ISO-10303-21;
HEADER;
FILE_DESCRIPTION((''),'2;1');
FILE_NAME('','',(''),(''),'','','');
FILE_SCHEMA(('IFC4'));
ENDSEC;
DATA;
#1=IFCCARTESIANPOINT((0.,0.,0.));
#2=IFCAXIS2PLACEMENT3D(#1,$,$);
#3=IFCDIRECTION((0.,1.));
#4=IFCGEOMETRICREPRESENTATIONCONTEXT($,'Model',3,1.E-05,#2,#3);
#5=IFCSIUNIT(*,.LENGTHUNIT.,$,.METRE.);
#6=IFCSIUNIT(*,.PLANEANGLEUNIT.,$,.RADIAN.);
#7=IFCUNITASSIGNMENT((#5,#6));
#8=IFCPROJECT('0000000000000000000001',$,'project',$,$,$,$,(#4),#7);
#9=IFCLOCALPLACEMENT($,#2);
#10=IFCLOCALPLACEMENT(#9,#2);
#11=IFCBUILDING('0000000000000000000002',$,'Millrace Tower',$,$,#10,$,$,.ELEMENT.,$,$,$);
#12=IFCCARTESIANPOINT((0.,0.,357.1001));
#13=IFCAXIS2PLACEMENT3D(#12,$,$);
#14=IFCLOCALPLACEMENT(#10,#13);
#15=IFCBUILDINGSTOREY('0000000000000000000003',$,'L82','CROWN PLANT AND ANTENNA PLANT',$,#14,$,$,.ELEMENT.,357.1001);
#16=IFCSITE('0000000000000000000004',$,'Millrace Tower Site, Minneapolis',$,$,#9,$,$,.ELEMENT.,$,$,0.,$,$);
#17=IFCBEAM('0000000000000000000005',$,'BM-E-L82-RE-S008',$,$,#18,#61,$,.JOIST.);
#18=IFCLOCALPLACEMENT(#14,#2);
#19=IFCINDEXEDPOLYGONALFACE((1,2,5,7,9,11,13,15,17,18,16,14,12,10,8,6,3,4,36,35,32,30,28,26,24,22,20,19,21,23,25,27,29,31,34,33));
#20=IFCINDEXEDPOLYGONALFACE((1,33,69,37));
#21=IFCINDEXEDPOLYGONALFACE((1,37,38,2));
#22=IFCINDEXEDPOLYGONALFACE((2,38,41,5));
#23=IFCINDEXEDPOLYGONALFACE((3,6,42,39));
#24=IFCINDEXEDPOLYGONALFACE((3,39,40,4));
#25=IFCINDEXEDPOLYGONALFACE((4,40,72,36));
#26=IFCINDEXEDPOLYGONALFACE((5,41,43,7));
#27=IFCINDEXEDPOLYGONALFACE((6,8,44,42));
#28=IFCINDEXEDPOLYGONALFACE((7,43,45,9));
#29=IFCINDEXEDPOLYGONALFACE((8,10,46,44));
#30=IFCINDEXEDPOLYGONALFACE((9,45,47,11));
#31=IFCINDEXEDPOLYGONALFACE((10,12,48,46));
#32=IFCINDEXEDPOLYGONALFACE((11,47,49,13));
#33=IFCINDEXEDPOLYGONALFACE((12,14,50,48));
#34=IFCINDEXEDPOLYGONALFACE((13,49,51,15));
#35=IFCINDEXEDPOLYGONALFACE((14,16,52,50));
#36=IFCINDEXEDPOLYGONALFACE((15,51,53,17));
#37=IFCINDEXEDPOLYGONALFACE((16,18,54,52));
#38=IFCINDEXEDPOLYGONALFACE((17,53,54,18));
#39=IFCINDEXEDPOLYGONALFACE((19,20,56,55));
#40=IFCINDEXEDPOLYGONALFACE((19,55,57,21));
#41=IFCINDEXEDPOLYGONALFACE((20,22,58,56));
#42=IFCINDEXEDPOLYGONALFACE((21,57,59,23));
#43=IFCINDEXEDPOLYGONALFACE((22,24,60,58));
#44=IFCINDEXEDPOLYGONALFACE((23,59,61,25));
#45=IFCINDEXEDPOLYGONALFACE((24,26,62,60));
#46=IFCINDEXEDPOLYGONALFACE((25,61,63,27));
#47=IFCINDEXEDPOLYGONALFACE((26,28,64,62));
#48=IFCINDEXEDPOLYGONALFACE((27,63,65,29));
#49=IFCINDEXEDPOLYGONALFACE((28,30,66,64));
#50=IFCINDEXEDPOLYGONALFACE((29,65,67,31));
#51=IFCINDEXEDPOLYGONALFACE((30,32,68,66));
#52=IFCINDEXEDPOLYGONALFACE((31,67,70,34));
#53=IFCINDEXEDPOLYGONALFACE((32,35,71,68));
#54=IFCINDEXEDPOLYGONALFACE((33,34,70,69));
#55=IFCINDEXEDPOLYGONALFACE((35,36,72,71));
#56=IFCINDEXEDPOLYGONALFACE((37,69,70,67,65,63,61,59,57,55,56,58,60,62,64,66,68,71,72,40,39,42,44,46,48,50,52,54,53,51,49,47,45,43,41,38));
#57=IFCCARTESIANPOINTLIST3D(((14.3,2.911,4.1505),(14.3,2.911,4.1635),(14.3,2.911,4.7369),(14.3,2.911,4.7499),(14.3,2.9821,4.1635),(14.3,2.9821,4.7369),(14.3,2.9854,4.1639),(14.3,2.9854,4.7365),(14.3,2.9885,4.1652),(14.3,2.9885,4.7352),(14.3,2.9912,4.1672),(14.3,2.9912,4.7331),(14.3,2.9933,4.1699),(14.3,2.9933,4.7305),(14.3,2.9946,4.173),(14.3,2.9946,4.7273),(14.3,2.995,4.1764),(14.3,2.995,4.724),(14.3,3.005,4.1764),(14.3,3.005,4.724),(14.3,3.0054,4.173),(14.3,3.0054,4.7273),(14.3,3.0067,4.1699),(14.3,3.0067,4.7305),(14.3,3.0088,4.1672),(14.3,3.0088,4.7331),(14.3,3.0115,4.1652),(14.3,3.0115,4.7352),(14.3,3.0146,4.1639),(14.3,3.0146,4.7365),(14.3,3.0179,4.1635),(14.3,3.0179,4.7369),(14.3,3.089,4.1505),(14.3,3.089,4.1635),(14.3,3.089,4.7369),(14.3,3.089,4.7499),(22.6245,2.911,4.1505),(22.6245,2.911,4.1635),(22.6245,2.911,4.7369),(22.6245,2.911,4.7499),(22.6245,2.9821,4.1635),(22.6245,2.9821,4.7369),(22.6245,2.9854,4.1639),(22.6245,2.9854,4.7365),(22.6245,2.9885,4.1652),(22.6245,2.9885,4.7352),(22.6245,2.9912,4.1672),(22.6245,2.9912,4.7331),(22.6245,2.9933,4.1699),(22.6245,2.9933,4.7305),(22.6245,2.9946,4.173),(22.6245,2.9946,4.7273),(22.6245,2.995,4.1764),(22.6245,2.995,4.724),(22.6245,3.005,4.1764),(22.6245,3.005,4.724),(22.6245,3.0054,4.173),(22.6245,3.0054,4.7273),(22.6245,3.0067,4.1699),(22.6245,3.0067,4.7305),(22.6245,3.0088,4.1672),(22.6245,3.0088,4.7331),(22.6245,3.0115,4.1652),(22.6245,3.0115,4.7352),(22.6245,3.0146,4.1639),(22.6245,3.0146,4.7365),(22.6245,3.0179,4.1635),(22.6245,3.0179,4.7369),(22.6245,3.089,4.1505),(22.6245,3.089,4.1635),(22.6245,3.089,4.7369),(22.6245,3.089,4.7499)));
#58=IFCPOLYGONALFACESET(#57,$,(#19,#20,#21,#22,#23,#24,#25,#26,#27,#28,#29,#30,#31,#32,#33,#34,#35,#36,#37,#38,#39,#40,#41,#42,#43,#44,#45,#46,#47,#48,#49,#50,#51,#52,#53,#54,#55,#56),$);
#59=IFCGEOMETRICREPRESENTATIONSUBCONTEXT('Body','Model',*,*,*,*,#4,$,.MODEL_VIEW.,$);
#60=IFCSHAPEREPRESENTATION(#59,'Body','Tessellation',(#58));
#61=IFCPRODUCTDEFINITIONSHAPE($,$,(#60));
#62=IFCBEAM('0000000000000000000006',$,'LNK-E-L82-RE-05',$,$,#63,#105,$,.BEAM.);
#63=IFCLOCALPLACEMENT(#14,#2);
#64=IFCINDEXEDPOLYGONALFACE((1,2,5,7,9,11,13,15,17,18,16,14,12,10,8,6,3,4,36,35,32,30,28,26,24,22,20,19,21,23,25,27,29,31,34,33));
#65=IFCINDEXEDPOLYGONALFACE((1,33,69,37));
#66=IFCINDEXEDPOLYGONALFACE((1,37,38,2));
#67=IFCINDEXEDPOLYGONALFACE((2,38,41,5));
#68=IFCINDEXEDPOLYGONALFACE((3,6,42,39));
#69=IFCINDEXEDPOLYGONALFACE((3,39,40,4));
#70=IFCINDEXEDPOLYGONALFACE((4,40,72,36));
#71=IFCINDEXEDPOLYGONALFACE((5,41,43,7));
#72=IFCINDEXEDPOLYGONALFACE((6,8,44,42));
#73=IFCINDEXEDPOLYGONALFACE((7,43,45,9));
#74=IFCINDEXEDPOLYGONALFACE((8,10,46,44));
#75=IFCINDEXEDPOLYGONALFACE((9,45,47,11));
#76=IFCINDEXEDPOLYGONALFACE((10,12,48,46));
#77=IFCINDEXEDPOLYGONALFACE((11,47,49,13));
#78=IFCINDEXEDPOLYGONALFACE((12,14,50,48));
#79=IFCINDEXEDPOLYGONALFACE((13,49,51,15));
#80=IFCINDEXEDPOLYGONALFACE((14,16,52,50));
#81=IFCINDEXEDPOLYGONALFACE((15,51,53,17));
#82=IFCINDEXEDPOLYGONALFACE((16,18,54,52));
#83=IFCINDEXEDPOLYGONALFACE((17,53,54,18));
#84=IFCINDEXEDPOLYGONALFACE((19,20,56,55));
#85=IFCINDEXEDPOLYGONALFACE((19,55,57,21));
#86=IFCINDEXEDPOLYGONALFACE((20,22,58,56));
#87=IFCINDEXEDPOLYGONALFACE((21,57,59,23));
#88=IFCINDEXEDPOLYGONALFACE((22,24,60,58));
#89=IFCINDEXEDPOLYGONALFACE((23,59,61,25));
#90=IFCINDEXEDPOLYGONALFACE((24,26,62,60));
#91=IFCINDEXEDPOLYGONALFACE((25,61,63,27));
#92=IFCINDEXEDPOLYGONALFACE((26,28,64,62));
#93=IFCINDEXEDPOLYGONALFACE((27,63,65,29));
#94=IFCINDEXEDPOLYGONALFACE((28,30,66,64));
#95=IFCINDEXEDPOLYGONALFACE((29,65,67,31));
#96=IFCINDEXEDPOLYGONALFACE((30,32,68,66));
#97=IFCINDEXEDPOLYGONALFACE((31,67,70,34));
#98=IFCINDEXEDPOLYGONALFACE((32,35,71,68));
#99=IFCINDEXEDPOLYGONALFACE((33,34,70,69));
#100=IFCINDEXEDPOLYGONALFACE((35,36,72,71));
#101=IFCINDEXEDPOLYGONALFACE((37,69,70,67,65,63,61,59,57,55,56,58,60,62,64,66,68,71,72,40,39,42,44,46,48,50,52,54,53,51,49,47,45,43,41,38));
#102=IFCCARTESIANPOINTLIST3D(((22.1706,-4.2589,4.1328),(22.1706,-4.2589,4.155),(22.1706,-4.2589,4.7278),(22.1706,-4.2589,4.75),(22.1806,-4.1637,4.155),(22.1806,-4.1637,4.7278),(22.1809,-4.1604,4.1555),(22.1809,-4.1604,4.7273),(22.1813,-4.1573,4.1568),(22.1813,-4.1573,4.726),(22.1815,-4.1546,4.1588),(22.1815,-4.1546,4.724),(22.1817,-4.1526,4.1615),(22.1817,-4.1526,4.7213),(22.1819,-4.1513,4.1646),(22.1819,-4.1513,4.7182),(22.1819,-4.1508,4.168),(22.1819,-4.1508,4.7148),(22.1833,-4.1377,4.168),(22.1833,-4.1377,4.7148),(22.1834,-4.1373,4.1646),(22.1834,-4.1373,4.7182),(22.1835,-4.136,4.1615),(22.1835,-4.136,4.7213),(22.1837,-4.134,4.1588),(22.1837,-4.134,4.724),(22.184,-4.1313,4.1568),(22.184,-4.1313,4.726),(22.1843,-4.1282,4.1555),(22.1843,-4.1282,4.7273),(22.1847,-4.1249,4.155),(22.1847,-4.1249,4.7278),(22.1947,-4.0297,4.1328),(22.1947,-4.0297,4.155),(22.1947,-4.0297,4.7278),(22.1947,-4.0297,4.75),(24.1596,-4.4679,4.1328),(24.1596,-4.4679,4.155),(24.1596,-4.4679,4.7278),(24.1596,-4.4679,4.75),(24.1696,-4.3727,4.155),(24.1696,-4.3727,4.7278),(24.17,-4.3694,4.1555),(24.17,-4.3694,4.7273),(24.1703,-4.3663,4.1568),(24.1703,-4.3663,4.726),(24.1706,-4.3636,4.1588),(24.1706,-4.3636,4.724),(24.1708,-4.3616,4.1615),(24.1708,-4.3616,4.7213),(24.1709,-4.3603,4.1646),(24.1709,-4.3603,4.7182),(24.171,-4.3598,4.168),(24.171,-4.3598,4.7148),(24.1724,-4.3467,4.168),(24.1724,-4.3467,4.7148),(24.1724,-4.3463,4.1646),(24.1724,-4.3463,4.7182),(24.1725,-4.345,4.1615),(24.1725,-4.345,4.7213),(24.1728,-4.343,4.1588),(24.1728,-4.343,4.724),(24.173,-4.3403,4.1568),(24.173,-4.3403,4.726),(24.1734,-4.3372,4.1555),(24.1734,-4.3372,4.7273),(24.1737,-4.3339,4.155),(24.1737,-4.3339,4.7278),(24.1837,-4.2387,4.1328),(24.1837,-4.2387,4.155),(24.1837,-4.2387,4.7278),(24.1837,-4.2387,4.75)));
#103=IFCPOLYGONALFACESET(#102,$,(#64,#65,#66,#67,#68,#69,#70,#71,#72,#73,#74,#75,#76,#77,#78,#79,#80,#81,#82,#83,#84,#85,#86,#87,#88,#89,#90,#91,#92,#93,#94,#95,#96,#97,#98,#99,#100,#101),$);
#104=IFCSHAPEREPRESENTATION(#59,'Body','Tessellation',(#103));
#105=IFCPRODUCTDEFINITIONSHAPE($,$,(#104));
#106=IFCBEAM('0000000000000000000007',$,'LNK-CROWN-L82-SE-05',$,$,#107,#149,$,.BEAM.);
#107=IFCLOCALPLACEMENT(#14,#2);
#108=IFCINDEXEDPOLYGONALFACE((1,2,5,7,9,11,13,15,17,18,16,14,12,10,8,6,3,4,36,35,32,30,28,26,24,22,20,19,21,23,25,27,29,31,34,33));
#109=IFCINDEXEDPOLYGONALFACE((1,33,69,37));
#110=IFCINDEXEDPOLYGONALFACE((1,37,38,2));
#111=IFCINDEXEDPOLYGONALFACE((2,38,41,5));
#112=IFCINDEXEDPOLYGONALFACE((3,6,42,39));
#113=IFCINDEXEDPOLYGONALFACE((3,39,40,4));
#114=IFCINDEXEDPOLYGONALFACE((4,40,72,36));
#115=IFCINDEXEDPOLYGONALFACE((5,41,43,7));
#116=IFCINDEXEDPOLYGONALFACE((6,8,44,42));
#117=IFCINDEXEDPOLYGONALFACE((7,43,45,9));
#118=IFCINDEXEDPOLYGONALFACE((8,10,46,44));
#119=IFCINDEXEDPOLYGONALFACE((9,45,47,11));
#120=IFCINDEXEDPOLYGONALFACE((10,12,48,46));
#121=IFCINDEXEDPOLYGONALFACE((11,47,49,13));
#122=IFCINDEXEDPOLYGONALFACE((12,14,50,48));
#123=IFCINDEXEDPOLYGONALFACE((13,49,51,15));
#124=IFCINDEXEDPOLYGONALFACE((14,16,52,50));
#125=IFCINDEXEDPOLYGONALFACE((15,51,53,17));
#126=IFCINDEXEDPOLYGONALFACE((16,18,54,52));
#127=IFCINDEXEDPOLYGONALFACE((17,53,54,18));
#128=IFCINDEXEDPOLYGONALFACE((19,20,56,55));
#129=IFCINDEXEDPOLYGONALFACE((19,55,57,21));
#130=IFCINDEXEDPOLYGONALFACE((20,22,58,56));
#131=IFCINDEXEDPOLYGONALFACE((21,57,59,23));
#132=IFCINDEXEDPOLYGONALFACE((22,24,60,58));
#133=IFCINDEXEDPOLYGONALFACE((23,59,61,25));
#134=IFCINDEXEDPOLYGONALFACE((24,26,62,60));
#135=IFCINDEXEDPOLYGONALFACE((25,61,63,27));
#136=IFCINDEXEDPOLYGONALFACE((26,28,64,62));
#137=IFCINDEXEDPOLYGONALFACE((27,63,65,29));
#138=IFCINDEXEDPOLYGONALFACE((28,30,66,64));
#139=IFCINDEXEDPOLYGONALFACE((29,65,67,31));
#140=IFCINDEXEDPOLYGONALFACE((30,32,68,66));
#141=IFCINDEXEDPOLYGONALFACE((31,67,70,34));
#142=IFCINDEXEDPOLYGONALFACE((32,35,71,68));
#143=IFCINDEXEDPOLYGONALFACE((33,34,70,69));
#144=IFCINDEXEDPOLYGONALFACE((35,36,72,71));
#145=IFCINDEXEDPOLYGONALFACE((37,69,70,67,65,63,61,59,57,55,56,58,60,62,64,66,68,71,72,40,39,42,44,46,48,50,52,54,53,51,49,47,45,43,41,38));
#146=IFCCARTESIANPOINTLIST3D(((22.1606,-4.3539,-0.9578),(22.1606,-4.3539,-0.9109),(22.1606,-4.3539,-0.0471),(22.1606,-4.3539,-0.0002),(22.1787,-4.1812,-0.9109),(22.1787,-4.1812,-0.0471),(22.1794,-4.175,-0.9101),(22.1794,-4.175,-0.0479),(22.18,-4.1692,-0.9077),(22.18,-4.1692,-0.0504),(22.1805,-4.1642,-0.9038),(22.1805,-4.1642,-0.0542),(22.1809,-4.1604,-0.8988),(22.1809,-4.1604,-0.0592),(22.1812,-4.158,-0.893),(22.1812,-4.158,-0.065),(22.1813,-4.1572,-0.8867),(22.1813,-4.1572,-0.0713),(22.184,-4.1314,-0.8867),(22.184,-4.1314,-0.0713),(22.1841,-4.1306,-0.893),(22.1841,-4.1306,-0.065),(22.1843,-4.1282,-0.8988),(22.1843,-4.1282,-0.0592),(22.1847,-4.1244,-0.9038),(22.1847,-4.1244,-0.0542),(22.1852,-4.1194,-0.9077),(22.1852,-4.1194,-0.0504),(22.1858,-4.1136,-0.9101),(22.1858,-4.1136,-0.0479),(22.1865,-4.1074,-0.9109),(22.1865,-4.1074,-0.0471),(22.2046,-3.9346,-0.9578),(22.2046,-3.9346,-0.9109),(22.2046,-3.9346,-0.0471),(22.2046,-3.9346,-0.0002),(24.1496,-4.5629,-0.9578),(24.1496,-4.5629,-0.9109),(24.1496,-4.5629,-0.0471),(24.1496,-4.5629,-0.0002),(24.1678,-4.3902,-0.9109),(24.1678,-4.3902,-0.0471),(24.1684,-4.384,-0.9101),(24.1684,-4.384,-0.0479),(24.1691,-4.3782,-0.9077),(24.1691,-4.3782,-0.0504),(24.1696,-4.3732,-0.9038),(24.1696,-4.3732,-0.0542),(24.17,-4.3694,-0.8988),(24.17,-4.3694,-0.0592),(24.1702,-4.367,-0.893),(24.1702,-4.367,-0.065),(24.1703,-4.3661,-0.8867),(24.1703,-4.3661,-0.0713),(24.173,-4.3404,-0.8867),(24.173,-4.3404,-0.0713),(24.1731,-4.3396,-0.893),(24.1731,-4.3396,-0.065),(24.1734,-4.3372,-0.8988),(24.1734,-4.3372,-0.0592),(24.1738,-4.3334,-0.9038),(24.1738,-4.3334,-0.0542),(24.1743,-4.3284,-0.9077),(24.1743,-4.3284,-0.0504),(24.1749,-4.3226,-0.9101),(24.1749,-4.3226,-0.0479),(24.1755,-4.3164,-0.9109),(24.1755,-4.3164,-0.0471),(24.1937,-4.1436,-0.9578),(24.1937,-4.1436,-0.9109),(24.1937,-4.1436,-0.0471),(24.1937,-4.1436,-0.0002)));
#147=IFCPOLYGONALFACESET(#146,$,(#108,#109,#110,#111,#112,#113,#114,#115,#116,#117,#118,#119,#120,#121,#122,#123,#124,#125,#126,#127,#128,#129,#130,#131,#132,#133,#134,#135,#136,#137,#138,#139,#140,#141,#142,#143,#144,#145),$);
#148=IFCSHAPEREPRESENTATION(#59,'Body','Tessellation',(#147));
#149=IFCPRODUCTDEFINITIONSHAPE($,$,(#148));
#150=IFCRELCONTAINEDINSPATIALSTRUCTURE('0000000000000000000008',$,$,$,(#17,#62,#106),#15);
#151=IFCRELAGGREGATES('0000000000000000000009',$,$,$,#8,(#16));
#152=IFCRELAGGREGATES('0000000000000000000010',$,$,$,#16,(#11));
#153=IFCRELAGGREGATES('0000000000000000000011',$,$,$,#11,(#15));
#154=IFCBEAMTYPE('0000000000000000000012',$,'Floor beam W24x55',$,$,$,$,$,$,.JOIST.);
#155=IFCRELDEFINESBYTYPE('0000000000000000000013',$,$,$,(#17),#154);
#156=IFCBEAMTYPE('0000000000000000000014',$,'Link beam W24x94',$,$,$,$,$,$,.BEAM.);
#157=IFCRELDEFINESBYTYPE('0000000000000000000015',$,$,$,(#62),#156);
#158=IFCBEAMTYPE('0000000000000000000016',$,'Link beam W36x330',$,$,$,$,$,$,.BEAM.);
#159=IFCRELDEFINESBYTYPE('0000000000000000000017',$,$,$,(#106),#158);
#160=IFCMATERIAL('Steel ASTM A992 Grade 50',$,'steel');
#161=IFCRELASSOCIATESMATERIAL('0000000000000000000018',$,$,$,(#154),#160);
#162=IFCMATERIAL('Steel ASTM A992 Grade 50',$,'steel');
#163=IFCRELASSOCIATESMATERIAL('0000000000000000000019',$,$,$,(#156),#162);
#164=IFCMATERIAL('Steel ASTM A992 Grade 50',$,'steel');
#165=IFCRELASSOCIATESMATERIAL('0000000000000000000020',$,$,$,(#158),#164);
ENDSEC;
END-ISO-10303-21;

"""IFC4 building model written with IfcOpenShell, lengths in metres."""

from ifc_helpers import new_model, si_unit, direction, frame, origin, origin_2d, place, context, subcontext, project, spatial, i_section, extrude, material, material_profile, profile_set, type_object, element, save


model = new_model("IFC4")

# Units and contexts
model_context = context("Model", 3, precision=1e-05, world=origin(), true_north=direction((0.0, 1.0)))
body_context = subcontext(model_context, "Body", "Model", "MODEL_VIEW")
ifc_project = project(units=[si_unit("LENGTHUNIT", "METRE"), si_unit("PLANEANGLEUNIT", "RADIAN")], contexts=[model_context])

# Site, building, storey
site_placement = place(None, origin())
site = spatial("IfcSite", under=ifc_project, at=site_placement, Name="Millrace Tower Site, Minneapolis", CompositionType="ELEMENT", RefElevation=0.0)
building_placement = place(site_placement, origin())
building = spatial("IfcBuilding", under=site, at=building_placement, Name="Millrace Tower", CompositionType="ELEMENT")
storey_placement = place(building_placement, frame((0.0, 0.0, 357.1001)))
storey = spatial("IfcBuildingStorey", under=building, at=storey_placement, Name="L82", Description="CROWN PLANT AND ANTENNA PLANT", CompositionType="ELEMENT", Elevation=357.1001)

# Beams
ifc_material_1 = material(Name="Steel ASTM A992 Grade 50", Category="steel")
ifc_material_profile_1 = material_profile(ifc_material_1, i_section(OverallWidth=0.178, OverallDepth=0.5994, WebThickness=0.01, FlangeThickness=0.0129, FilletRadius=0.0129, at=origin_2d()))
ifc_profile_set_1 = profile_set([ifc_material_profile_1], Name="Steel ASTM A992 Grade 50")
beam_type_1 = type_object("IfcBeamType", Name="Floor beam W24x55", PredefinedType="JOIST", material=ifc_profile_set_1)
beam_1_placement = place(storey_placement, frame((14.3, 3.0, 4.4502), z_axis=(1.0, 0.0, 0.0), x_axis=(0.0, 1.0, 0.0)))
element("IfcBeam", 1, at=beam_1_placement, inside=storey, type_object=beam_type_1, Name="BM-E-L82-RE-S008", PredefinedType="JOIST", context=body_context, shape_type="SweptSolid", body=[
    extrude(i_section(OverallWidth=0.178, OverallDepth=0.5994, WebThickness=0.01, FlangeThickness=0.0129, FilletRadius=0.0129, at=origin_2d()), origin(), (0.0, 0.0, 1.0), 8.3245),
])
ifc_material_2 = material(Name="Steel ASTM A992 Grade 50", Category="steel")
ifc_material_profile_2 = material_profile(ifc_material_2, i_section(OverallWidth=0.2305, OverallDepth=0.6172, WebThickness=0.0132, FlangeThickness=0.0222, FilletRadius=0.0129, at=origin_2d()))
ifc_profile_set_2 = profile_set([ifc_material_profile_2], Name="Steel ASTM A992 Grade 50")
beam_type_2 = type_object("IfcBeamType", Name="Link beam W24x94", PredefinedType="BEAM", material=ifc_profile_set_2)
beam_2_placement = place(storey_placement, frame((22.1826, -4.1443, 4.4414), z_axis=(0.994526, -0.104494, 0.0), x_axis=(0.104494, 0.994526, 0.0)))
element("IfcBeam", 2, at=beam_2_placement, inside=storey, type_object=beam_type_2, Name="LNK-E-L82-RE-05", PredefinedType="BEAM", context=body_context, shape_type="SweptSolid", body=[
    extrude(i_section(OverallWidth=0.2305, OverallDepth=0.6172, WebThickness=0.0132, FlangeThickness=0.0222, FilletRadius=0.0129, at=origin_2d()), origin(), (0.0, 0.0, 1.0), 2.0),
])
ifc_material_3 = material(Name="Steel ASTM A992 Grade 50", Category="steel")
ifc_material_profile_3 = material_profile(ifc_material_3, i_section(OverallWidth=0.4216, OverallDepth=0.9575, WebThickness=0.0259, FlangeThickness=0.0469, FilletRadius=0.0242, at=origin_2d()))
ifc_profile_set_3 = profile_set([ifc_material_profile_3], Name="Steel ASTM A992 Grade 50")
beam_type_3 = type_object("IfcBeamType", Name="Link beam W36x330", PredefinedType="BEAM", material=ifc_profile_set_3)
beam_3_placement = place(storey_placement, frame((22.1826, -4.1443, -0.479), z_axis=(0.994526, -0.104494, 0.0), x_axis=(0.104494, 0.994526, 0.0)))
element("IfcBeam", 3, at=beam_3_placement, inside=storey, type_object=beam_type_3, Name="LNK-CROWN-L82-SE-05", PredefinedType="BEAM", context=body_context, shape_type="SweptSolid", body=[
    extrude(i_section(OverallWidth=0.4216, OverallDepth=0.9575, WebThickness=0.0259, FlangeThickness=0.0469, FilletRadius=0.0242, at=origin_2d()), origin(), (0.0, 0.0, 1.0), 2.0),
])

save(model, "model.ifc")
